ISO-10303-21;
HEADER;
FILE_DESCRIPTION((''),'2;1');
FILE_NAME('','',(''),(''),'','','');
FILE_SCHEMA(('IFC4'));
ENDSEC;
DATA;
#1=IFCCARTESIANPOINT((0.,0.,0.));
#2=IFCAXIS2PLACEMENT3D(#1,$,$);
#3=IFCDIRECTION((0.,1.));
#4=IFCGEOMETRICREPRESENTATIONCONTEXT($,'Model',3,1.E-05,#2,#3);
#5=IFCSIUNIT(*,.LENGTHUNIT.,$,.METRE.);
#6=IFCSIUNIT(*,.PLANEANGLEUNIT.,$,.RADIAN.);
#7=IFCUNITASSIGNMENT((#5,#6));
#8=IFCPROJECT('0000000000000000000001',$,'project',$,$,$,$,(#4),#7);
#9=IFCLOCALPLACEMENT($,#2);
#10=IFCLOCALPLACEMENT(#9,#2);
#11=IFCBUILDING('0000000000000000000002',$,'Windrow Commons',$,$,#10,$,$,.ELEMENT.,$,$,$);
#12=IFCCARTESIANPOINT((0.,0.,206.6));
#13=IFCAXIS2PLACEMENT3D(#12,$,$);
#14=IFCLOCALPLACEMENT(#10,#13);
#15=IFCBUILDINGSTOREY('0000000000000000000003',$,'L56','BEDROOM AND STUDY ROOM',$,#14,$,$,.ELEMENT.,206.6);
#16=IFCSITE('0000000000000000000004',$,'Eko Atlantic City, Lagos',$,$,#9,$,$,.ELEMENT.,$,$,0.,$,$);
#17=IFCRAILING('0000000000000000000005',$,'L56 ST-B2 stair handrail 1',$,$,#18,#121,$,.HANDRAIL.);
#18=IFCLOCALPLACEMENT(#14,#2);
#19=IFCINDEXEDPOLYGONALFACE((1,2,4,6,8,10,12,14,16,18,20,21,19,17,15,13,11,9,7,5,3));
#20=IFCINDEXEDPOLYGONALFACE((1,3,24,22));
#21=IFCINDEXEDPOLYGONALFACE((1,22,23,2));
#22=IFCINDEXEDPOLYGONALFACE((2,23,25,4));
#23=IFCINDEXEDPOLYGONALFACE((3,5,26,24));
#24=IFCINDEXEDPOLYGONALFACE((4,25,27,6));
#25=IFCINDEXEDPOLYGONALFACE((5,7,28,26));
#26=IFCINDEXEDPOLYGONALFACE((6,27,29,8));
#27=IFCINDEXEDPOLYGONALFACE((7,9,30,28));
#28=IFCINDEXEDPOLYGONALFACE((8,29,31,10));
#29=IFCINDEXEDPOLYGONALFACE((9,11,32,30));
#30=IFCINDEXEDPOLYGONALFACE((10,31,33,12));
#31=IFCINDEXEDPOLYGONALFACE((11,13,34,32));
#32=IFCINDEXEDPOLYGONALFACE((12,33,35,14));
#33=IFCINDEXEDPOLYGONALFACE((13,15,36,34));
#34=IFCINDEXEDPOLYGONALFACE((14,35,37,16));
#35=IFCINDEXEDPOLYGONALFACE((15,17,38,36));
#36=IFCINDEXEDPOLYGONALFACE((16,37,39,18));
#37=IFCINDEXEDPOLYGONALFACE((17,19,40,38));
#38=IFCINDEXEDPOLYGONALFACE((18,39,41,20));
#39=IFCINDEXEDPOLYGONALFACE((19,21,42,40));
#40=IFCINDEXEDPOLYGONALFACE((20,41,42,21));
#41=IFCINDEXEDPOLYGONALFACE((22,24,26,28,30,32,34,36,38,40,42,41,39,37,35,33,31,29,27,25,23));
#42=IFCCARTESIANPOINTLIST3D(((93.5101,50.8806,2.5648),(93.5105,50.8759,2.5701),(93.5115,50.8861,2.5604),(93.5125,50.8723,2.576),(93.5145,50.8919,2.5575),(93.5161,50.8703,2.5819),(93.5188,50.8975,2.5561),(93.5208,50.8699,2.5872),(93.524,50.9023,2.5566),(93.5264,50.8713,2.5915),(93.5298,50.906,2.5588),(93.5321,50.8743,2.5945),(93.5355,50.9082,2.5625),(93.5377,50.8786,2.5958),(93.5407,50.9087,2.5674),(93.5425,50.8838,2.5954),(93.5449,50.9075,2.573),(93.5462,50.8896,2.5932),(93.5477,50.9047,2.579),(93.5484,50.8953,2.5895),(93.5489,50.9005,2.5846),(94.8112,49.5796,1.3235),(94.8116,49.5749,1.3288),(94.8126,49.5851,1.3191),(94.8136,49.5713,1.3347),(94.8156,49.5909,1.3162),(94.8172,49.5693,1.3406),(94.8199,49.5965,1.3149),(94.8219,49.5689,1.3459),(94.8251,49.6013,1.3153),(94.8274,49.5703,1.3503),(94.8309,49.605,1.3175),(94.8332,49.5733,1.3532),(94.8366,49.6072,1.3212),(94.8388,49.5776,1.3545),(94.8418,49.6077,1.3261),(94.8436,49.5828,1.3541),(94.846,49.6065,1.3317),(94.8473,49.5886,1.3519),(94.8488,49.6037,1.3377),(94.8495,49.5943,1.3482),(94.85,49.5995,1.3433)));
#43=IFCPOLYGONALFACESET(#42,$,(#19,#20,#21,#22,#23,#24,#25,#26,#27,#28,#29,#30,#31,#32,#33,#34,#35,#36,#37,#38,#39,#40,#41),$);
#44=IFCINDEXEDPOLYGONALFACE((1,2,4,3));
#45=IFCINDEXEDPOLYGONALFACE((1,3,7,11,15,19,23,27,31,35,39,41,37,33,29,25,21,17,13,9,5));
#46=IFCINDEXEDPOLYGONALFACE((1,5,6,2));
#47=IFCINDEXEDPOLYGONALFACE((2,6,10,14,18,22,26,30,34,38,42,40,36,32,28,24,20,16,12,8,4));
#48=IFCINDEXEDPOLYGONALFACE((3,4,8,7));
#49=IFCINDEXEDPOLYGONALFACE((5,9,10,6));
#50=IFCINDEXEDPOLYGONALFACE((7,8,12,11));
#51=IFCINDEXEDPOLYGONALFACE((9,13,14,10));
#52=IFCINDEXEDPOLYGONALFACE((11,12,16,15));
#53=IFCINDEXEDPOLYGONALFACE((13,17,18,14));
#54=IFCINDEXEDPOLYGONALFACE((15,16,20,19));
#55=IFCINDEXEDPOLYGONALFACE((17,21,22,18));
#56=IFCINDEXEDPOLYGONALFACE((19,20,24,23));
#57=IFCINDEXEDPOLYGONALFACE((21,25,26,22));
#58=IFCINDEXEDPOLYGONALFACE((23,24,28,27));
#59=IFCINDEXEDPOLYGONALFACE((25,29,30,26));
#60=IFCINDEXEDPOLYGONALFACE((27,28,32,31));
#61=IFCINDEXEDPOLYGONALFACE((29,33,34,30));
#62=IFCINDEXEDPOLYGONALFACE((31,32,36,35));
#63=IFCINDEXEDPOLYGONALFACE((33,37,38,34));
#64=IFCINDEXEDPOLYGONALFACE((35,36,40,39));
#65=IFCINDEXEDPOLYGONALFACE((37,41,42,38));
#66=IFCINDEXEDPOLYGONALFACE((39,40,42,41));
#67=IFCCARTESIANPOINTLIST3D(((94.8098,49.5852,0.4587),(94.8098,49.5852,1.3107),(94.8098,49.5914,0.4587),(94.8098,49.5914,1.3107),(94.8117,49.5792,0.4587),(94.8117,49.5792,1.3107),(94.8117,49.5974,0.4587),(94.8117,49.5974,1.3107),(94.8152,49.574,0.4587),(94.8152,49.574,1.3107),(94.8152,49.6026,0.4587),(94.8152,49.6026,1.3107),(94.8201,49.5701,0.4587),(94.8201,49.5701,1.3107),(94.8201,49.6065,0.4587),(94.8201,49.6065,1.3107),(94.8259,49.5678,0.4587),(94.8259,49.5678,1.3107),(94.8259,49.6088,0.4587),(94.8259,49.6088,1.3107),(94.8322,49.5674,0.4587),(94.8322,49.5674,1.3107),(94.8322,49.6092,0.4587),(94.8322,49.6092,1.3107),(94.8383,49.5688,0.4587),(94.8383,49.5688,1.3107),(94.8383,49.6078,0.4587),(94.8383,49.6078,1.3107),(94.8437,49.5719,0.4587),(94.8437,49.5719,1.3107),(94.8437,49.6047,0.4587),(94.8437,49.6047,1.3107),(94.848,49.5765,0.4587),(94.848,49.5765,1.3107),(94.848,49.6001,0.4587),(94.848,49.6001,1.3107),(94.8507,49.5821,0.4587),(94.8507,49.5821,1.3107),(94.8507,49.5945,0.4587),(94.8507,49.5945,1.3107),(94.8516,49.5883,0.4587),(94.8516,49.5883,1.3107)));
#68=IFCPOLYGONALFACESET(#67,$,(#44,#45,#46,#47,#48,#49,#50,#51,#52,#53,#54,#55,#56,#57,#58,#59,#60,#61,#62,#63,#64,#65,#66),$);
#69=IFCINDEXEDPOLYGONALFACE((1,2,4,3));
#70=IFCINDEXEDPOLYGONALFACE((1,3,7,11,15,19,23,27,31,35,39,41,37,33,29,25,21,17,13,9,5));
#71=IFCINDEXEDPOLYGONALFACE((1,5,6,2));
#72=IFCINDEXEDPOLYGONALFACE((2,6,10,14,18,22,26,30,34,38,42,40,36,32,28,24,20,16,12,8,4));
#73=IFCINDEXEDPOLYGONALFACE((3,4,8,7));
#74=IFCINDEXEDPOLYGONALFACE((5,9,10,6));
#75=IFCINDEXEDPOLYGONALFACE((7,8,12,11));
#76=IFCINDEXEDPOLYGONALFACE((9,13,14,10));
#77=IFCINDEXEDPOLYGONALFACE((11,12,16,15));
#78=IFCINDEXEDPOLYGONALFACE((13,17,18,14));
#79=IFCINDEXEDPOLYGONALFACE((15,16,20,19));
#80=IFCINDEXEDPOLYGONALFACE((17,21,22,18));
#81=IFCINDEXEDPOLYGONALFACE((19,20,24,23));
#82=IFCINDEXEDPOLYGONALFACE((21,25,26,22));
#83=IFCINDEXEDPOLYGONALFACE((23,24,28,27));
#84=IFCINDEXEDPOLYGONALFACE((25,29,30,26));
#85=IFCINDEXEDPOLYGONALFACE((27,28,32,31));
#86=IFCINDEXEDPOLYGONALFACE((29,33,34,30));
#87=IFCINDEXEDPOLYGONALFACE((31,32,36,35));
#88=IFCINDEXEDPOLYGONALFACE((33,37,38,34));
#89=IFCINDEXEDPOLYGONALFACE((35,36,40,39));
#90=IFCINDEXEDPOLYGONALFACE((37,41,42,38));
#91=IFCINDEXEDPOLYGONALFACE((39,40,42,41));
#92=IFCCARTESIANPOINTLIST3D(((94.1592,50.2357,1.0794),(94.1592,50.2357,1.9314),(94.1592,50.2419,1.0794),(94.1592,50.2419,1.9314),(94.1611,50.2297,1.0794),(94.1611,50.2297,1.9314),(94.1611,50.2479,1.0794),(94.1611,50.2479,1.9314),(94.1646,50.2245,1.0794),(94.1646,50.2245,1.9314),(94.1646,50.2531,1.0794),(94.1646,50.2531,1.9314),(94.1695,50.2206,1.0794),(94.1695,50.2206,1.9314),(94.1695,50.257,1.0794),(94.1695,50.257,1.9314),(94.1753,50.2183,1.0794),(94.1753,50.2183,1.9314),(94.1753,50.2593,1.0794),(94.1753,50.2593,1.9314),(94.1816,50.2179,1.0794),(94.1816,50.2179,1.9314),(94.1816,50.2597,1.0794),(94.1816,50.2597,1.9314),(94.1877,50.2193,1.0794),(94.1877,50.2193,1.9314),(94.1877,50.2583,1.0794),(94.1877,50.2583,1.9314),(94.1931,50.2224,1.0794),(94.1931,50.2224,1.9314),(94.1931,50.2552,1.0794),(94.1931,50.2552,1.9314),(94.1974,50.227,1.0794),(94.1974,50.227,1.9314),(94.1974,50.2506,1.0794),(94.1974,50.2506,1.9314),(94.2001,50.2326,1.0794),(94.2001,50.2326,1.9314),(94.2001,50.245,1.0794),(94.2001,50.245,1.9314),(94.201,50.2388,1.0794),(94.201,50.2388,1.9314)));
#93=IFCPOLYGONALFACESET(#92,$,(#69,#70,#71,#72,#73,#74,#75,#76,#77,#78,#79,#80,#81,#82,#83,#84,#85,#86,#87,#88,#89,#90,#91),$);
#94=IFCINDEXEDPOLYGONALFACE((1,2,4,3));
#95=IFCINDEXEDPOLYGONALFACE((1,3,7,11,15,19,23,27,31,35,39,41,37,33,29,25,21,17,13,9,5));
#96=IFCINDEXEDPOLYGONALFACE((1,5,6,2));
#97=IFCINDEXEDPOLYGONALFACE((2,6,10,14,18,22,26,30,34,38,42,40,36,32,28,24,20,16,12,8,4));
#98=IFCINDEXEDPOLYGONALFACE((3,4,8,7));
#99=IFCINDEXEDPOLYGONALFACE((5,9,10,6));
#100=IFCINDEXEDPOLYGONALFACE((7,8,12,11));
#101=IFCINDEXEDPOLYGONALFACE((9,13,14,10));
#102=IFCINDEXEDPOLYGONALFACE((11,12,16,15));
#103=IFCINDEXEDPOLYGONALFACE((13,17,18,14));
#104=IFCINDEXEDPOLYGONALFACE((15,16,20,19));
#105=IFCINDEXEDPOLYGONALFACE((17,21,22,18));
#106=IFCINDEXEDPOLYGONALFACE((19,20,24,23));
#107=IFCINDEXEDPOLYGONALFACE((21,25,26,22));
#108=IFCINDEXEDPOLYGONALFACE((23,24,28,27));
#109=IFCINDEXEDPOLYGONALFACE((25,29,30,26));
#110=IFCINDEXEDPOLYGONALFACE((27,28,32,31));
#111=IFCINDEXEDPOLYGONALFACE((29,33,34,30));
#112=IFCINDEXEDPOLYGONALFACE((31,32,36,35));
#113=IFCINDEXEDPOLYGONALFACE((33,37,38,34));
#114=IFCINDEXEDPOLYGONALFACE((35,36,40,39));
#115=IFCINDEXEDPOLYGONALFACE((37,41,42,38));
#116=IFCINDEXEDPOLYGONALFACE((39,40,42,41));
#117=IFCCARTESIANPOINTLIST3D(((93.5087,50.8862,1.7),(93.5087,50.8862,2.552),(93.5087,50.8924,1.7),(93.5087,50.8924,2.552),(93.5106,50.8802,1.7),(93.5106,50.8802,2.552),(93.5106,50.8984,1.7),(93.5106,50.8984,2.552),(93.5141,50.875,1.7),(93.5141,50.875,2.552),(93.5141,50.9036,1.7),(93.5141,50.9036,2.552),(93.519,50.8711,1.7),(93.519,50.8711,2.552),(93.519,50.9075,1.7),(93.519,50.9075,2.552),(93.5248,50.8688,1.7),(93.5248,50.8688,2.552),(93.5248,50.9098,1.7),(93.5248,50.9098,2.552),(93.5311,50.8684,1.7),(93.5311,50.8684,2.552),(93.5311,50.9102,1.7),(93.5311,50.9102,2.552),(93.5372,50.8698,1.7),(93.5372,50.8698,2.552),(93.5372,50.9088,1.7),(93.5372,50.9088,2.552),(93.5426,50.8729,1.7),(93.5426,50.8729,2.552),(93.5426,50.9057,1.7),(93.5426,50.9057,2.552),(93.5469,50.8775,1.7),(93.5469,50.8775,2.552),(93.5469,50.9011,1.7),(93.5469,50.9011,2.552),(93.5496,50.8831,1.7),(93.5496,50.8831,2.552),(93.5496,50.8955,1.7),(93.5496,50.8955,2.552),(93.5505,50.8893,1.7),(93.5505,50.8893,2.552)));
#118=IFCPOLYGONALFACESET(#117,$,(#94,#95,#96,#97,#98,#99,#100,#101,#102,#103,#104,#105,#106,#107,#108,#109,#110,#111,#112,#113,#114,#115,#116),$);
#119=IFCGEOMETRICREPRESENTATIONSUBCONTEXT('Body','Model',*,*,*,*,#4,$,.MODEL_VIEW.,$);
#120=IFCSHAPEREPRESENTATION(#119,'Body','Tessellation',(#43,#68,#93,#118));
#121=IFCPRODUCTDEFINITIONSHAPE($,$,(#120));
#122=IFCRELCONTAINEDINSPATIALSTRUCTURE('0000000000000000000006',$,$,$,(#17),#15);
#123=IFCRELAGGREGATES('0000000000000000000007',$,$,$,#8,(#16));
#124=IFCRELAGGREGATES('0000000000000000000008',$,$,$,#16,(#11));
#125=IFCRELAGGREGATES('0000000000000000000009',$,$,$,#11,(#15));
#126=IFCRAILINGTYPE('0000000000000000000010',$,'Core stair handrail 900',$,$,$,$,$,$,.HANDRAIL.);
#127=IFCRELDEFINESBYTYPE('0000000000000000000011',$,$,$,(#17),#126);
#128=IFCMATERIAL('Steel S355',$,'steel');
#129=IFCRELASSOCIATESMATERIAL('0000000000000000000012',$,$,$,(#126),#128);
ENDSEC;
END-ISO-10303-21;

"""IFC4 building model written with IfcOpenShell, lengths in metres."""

from ifc_helpers import new_model, si_unit, direction, frame, origin, origin_2d, place, context, subcontext, project, spatial, circle, extrude, material, type_object, element, save


model = new_model("IFC4")

# Units and contexts
model_context = context("Model", 3, precision=1e-05, world=origin(), true_north=direction((0.0, 1.0)))
body_context = subcontext(model_context, "Body", "Model", "MODEL_VIEW")
ifc_project = project(units=[si_unit("LENGTHUNIT", "METRE"), si_unit("PLANEANGLEUNIT", "RADIAN")], contexts=[model_context])

# Site, building, storey
site_placement = place(None, origin())
site = spatial("IfcSite", under=ifc_project, at=site_placement, Name="Eko Atlantic City, Lagos", CompositionType="ELEMENT", RefElevation=0.0)
building_placement = place(site_placement, origin())
building = spatial("IfcBuilding", under=site, at=building_placement, Name="Windrow Commons", CompositionType="ELEMENT")
storey_placement = place(building_placement, frame((0.0, 0.0, 206.6)))
storey = spatial("IfcBuildingStorey", under=building, at=storey_placement, Name="L56", Description="BEDROOM AND STUDY ROOM", CompositionType="ELEMENT", Elevation=206.6)

# Railing
ifc_material_1 = material(Name="Steel S355", Category="steel")
railing_type_1 = type_object("IfcRailingType", Name="Core stair handrail 900", PredefinedType="HANDRAIL", material=ifc_material_1)
railing_1_placement = place(storey_placement, frame((94.8306, 49.5883, 0.4587)))
element("IfcRailing", 1, at=railing_1_placement, inside=storey, type_object=railing_type_1, Name="L56 ST-B2 stair handrail 1", PredefinedType="HANDRAIL", context=body_context, shape_type="SweptSolid", body=[
    extrude(circle(Radius=0.024, at=origin_2d()), frame((0.0, 0.0, 0.876), z_axis=(-0.586207, 0.586162, 0.559264), x_axis=(-0.70708, -0.707134, 0.0)), (0.0, 0.0, 1.0), 2.2195),
    extrude(circle(Radius=0.021, at=origin_2d()), origin(), (0.0, 0.0, 1.0), 0.852),
    extrude(circle(Radius=0.021, at=origin_2d()), frame((-0.6506, 0.6505, 0.6207)), (0.0, 0.0, 1.0), 0.852),
    extrude(circle(Radius=0.021, at=origin_2d()), frame((-1.3011, 1.301, 1.2413)), (0.0, 0.0, 1.0), 0.852),
])

save(model, "model.ifc")
